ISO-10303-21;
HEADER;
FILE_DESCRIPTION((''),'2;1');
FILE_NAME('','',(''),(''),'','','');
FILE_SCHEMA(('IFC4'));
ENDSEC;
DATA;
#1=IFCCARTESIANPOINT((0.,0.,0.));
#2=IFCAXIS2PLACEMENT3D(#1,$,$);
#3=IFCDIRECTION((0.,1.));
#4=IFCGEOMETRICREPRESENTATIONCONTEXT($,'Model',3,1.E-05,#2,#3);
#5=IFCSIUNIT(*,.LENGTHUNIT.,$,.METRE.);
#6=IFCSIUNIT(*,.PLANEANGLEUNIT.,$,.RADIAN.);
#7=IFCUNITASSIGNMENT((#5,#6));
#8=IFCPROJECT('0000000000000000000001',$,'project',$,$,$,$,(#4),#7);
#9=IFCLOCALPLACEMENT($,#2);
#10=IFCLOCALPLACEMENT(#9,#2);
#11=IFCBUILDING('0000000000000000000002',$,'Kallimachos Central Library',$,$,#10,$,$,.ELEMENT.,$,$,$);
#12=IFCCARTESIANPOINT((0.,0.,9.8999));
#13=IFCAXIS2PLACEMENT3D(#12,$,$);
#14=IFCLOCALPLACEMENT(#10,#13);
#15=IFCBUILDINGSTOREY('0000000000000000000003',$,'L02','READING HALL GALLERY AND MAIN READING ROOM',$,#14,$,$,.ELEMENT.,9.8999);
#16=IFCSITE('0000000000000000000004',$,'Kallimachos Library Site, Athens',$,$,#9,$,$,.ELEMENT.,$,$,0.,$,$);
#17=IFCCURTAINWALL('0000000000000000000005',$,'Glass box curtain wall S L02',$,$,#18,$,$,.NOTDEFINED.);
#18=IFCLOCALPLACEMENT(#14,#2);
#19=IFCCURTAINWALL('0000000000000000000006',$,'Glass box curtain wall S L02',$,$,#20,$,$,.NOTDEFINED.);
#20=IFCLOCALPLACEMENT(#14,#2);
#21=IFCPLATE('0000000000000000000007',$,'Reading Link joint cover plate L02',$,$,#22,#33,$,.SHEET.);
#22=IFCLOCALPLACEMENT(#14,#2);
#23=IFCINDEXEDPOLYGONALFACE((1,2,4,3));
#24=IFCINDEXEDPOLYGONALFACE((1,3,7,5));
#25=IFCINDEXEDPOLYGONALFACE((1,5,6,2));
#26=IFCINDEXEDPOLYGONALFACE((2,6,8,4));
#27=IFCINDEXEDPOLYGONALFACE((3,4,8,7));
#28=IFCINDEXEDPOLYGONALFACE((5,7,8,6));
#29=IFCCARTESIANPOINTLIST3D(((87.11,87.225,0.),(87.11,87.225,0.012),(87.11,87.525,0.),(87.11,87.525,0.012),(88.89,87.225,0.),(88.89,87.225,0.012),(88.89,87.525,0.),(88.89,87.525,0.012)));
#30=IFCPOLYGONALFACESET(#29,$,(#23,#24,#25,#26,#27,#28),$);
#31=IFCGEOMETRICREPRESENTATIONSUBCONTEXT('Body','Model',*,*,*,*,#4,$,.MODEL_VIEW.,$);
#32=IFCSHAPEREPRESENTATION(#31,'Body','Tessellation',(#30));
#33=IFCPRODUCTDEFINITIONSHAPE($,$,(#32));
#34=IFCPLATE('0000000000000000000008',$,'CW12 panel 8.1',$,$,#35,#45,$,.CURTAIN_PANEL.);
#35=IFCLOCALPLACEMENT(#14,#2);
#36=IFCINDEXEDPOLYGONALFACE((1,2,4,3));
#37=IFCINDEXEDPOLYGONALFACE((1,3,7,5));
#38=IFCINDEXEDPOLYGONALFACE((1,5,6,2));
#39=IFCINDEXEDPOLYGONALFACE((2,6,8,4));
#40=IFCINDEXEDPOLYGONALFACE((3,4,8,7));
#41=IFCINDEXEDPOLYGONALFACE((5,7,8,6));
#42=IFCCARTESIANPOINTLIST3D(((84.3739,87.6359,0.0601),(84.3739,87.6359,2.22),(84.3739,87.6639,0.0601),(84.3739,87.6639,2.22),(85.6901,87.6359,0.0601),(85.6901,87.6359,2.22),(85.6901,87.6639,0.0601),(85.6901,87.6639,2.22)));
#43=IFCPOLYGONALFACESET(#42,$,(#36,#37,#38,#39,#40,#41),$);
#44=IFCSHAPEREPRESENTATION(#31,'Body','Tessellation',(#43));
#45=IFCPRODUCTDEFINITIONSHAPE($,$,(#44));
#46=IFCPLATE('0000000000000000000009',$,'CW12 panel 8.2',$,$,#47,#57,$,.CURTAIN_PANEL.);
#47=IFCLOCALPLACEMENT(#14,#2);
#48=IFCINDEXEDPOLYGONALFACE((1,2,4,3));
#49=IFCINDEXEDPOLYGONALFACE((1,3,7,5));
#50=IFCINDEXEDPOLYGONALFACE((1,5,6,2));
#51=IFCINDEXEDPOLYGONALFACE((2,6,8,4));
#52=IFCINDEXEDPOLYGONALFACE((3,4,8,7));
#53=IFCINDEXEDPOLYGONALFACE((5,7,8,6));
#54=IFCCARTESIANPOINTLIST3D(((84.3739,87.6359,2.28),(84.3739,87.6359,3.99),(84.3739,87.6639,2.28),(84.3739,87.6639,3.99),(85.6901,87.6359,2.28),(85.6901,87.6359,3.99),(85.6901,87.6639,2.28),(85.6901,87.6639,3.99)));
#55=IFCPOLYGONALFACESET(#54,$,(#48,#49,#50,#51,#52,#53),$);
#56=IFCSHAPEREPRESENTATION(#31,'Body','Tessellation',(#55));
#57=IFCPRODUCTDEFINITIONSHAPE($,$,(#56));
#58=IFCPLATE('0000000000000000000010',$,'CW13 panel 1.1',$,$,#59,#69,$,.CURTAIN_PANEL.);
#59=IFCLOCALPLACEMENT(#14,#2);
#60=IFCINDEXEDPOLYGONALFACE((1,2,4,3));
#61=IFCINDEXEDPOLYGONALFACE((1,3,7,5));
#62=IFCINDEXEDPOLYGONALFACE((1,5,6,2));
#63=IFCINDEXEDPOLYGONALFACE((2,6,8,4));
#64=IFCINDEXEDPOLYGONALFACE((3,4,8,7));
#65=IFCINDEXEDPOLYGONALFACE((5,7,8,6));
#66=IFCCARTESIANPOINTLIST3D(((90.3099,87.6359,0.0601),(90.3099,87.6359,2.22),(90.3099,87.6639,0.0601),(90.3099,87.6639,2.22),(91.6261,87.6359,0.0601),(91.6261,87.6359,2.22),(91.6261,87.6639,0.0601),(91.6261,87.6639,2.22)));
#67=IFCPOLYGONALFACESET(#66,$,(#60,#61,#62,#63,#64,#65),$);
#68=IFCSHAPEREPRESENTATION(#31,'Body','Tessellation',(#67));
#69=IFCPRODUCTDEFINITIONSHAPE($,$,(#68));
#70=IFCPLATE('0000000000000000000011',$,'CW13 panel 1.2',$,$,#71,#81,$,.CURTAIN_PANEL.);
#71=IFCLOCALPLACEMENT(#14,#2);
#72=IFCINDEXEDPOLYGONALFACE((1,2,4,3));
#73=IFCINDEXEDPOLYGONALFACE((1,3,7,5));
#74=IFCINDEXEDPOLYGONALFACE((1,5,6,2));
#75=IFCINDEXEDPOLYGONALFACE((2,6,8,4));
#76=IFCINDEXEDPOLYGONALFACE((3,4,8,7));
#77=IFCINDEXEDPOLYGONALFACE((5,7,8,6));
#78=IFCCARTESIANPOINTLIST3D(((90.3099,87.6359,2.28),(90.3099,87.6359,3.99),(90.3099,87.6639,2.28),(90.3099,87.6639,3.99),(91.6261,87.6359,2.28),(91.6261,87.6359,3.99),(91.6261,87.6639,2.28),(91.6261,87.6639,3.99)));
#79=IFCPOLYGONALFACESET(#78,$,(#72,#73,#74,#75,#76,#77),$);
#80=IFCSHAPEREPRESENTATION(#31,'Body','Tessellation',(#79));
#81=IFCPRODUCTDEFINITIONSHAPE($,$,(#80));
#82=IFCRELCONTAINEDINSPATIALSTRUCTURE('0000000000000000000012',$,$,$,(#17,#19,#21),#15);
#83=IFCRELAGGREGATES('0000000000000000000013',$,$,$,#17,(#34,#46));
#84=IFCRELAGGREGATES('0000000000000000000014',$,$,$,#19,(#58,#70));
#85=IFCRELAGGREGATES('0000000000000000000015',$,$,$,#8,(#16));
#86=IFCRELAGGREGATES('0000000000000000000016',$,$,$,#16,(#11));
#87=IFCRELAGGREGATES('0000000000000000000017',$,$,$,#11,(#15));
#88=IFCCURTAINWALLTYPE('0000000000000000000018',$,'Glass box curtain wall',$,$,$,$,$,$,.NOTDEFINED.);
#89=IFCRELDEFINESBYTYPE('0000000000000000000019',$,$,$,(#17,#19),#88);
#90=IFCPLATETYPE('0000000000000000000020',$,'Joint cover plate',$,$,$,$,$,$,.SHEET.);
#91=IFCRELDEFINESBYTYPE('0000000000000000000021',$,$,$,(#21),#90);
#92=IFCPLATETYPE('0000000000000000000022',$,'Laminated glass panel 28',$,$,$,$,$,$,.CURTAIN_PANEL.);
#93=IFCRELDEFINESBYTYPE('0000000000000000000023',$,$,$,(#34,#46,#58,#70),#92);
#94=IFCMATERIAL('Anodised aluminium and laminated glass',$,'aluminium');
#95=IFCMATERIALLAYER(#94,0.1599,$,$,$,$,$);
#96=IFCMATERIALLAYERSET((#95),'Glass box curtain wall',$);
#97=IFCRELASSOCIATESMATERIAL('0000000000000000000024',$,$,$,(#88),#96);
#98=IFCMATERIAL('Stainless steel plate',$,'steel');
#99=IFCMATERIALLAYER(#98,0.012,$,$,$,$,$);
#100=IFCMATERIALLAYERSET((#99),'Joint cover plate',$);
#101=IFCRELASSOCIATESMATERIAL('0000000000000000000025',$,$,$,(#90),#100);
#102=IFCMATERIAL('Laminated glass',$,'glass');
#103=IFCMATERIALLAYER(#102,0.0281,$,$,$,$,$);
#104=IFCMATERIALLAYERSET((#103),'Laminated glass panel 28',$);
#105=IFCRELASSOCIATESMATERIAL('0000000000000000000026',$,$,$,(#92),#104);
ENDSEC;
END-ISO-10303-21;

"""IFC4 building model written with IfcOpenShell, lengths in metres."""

from ifc_helpers import new_model, si_unit, direction, frame, origin, origin_2d, place, context, subcontext, project, spatial, rectangle, extrude, material, layer, layer_set, type_object, element, aggregate, save


model = new_model("IFC4")

# Units and contexts
model_context = context("Model", 3, precision=1e-05, world=origin(), true_north=direction((0.0, 1.0)))
body_context = subcontext(model_context, "Body", "Model", "MODEL_VIEW")
ifc_project = project(units=[si_unit("LENGTHUNIT", "METRE"), si_unit("PLANEANGLEUNIT", "RADIAN")], contexts=[model_context])

# Site, building, storey
site_placement = place(None, origin())
site = spatial("IfcSite", under=ifc_project, at=site_placement, Name="Kallimachos Library Site, Athens", CompositionType="ELEMENT", RefElevation=0.0)
building_placement = place(site_placement, origin())
building = spatial("IfcBuilding", under=site, at=building_placement, Name="Kallimachos Central Library", CompositionType="ELEMENT")
storey_placement = place(building_placement, frame((0.0, 0.0, 9.8999)))
storey = spatial("IfcBuildingStorey", under=building, at=storey_placement, Name="L02", Description="READING HALL GALLERY AND MAIN READING ROOM", CompositionType="ELEMENT", Elevation=9.8999)

# Curtain walls
ifc_material_1 = material(Name="Anodised aluminium and laminated glass", Category="aluminium")
ifc_layer_1 = layer(ifc_material_1, 0.1599)
ifc_layer_set_1 = layer_set([ifc_layer_1], Name="Glass box curtain wall")
curtain_wall_type = type_object("IfcCurtainWallType", Name="Glass box curtain wall", PredefinedType="NOTDEFINED", material=ifc_layer_set_1)
curtain_wall_1_placement = place(storey_placement, origin())
curtain_wall_1 = element("IfcCurtainWall", 1, at=curtain_wall_1_placement, inside=storey, type_object=curtain_wall_type, Name="Glass box curtain wall S L02", PredefinedType="NOTDEFINED")
curtain_wall_2_placement = place(storey_placement, origin())
curtain_wall_2 = element("IfcCurtainWall", 2, at=curtain_wall_2_placement, inside=storey, type_object=curtain_wall_type, Name="Glass box curtain wall S L02", PredefinedType="NOTDEFINED")

# Plates
ifc_material_2 = material(Name="Stainless steel plate", Category="steel")
ifc_layer_2 = layer(ifc_material_2, 0.012)
ifc_layer_set_2 = layer_set([ifc_layer_2], Name="Joint cover plate")
plate_type_1 = type_object("IfcPlateType", Name="Joint cover plate", PredefinedType="SHEET", material=ifc_layer_set_2)
plate_1_placement = place(storey_placement, frame((88.0, 87.375, 0.0), z_axis=(0.0, 0.0, 1.0), x_axis=(1.0, 0.0, 0.0)))
element("IfcPlate", 3, at=plate_1_placement, inside=storey, type_object=plate_type_1, Name="Reading Link joint cover plate L02", PredefinedType="SHEET", context=body_context, shape_type="SweptSolid", body=[
    extrude(rectangle(XDim=1.78, YDim=0.3, at=origin_2d()), origin(), (0.0, 0.0, 1.0), 0.012),
])
ifc_material_3 = material(Name="Laminated glass", Category="glass")
ifc_layer_3 = layer(ifc_material_3, 0.0281)
ifc_layer_set_3 = layer_set([ifc_layer_3], Name="Laminated glass panel 28")
plate_type_2 = type_object("IfcPlateType", Name="Laminated glass panel 28", PredefinedType="CURTAIN_PANEL", material=ifc_layer_set_3)
plate_2_placement = place(storey_placement, frame((85.032, 87.6499, 0.0601), z_axis=(0.0, 0.0, 1.0), x_axis=(1.0, 0.0, 0.0)))
plate_2 = element("IfcPlate", 4, at=plate_2_placement, type_object=plate_type_2, Name="CW12 panel 8.1", PredefinedType="CURTAIN_PANEL", context=body_context, shape_type="SweptSolid", body=[
    extrude(rectangle(XDim=1.3162, YDim=0.0281, at=origin_2d()), origin(), (0.0, 0.0, 1.0), 2.1599),
])
plate_3_placement = place(storey_placement, frame((85.032, 87.6499, 2.28), z_axis=(0.0, 0.0, 1.0), x_axis=(1.0, 0.0, 0.0)))
plate_3 = element("IfcPlate", 5, at=plate_3_placement, type_object=plate_type_2, Name="CW12 panel 8.2", PredefinedType="CURTAIN_PANEL", context=body_context, shape_type="SweptSolid", body=[
    extrude(rectangle(XDim=1.3162, YDim=0.0281, at=origin_2d()), origin(), (0.0, 0.0, 1.0), 1.71),
])
aggregate(curtain_wall_1, [plate_2, plate_3])
plate_4_placement = place(storey_placement, frame((90.968, 87.6499, 0.0601), z_axis=(0.0, 0.0, 1.0), x_axis=(1.0, 0.0, 0.0)))
plate_4 = element("IfcPlate", 6, at=plate_4_placement, type_object=plate_type_2, Name="CW13 panel 1.1", PredefinedType="CURTAIN_PANEL", context=body_context, shape_type="SweptSolid", body=[
    extrude(rectangle(XDim=1.3162, YDim=0.0281, at=origin_2d()), origin(), (0.0, 0.0, 1.0), 2.1599),
])
plate_5_placement = place(storey_placement, frame((90.968, 87.6499, 2.28), z_axis=(0.0, 0.0, 1.0), x_axis=(1.0, 0.0, 0.0)))
plate_5 = element("IfcPlate", 7, at=plate_5_placement, type_object=plate_type_2, Name="CW13 panel 1.2", PredefinedType="CURTAIN_PANEL", context=body_context, shape_type="SweptSolid", body=[
    extrude(rectangle(XDim=1.3162, YDim=0.0281, at=origin_2d()), origin(), (0.0, 0.0, 1.0), 1.71),
])
aggregate(curtain_wall_2, [plate_4, plate_5])

save(model, "model.ifc")
